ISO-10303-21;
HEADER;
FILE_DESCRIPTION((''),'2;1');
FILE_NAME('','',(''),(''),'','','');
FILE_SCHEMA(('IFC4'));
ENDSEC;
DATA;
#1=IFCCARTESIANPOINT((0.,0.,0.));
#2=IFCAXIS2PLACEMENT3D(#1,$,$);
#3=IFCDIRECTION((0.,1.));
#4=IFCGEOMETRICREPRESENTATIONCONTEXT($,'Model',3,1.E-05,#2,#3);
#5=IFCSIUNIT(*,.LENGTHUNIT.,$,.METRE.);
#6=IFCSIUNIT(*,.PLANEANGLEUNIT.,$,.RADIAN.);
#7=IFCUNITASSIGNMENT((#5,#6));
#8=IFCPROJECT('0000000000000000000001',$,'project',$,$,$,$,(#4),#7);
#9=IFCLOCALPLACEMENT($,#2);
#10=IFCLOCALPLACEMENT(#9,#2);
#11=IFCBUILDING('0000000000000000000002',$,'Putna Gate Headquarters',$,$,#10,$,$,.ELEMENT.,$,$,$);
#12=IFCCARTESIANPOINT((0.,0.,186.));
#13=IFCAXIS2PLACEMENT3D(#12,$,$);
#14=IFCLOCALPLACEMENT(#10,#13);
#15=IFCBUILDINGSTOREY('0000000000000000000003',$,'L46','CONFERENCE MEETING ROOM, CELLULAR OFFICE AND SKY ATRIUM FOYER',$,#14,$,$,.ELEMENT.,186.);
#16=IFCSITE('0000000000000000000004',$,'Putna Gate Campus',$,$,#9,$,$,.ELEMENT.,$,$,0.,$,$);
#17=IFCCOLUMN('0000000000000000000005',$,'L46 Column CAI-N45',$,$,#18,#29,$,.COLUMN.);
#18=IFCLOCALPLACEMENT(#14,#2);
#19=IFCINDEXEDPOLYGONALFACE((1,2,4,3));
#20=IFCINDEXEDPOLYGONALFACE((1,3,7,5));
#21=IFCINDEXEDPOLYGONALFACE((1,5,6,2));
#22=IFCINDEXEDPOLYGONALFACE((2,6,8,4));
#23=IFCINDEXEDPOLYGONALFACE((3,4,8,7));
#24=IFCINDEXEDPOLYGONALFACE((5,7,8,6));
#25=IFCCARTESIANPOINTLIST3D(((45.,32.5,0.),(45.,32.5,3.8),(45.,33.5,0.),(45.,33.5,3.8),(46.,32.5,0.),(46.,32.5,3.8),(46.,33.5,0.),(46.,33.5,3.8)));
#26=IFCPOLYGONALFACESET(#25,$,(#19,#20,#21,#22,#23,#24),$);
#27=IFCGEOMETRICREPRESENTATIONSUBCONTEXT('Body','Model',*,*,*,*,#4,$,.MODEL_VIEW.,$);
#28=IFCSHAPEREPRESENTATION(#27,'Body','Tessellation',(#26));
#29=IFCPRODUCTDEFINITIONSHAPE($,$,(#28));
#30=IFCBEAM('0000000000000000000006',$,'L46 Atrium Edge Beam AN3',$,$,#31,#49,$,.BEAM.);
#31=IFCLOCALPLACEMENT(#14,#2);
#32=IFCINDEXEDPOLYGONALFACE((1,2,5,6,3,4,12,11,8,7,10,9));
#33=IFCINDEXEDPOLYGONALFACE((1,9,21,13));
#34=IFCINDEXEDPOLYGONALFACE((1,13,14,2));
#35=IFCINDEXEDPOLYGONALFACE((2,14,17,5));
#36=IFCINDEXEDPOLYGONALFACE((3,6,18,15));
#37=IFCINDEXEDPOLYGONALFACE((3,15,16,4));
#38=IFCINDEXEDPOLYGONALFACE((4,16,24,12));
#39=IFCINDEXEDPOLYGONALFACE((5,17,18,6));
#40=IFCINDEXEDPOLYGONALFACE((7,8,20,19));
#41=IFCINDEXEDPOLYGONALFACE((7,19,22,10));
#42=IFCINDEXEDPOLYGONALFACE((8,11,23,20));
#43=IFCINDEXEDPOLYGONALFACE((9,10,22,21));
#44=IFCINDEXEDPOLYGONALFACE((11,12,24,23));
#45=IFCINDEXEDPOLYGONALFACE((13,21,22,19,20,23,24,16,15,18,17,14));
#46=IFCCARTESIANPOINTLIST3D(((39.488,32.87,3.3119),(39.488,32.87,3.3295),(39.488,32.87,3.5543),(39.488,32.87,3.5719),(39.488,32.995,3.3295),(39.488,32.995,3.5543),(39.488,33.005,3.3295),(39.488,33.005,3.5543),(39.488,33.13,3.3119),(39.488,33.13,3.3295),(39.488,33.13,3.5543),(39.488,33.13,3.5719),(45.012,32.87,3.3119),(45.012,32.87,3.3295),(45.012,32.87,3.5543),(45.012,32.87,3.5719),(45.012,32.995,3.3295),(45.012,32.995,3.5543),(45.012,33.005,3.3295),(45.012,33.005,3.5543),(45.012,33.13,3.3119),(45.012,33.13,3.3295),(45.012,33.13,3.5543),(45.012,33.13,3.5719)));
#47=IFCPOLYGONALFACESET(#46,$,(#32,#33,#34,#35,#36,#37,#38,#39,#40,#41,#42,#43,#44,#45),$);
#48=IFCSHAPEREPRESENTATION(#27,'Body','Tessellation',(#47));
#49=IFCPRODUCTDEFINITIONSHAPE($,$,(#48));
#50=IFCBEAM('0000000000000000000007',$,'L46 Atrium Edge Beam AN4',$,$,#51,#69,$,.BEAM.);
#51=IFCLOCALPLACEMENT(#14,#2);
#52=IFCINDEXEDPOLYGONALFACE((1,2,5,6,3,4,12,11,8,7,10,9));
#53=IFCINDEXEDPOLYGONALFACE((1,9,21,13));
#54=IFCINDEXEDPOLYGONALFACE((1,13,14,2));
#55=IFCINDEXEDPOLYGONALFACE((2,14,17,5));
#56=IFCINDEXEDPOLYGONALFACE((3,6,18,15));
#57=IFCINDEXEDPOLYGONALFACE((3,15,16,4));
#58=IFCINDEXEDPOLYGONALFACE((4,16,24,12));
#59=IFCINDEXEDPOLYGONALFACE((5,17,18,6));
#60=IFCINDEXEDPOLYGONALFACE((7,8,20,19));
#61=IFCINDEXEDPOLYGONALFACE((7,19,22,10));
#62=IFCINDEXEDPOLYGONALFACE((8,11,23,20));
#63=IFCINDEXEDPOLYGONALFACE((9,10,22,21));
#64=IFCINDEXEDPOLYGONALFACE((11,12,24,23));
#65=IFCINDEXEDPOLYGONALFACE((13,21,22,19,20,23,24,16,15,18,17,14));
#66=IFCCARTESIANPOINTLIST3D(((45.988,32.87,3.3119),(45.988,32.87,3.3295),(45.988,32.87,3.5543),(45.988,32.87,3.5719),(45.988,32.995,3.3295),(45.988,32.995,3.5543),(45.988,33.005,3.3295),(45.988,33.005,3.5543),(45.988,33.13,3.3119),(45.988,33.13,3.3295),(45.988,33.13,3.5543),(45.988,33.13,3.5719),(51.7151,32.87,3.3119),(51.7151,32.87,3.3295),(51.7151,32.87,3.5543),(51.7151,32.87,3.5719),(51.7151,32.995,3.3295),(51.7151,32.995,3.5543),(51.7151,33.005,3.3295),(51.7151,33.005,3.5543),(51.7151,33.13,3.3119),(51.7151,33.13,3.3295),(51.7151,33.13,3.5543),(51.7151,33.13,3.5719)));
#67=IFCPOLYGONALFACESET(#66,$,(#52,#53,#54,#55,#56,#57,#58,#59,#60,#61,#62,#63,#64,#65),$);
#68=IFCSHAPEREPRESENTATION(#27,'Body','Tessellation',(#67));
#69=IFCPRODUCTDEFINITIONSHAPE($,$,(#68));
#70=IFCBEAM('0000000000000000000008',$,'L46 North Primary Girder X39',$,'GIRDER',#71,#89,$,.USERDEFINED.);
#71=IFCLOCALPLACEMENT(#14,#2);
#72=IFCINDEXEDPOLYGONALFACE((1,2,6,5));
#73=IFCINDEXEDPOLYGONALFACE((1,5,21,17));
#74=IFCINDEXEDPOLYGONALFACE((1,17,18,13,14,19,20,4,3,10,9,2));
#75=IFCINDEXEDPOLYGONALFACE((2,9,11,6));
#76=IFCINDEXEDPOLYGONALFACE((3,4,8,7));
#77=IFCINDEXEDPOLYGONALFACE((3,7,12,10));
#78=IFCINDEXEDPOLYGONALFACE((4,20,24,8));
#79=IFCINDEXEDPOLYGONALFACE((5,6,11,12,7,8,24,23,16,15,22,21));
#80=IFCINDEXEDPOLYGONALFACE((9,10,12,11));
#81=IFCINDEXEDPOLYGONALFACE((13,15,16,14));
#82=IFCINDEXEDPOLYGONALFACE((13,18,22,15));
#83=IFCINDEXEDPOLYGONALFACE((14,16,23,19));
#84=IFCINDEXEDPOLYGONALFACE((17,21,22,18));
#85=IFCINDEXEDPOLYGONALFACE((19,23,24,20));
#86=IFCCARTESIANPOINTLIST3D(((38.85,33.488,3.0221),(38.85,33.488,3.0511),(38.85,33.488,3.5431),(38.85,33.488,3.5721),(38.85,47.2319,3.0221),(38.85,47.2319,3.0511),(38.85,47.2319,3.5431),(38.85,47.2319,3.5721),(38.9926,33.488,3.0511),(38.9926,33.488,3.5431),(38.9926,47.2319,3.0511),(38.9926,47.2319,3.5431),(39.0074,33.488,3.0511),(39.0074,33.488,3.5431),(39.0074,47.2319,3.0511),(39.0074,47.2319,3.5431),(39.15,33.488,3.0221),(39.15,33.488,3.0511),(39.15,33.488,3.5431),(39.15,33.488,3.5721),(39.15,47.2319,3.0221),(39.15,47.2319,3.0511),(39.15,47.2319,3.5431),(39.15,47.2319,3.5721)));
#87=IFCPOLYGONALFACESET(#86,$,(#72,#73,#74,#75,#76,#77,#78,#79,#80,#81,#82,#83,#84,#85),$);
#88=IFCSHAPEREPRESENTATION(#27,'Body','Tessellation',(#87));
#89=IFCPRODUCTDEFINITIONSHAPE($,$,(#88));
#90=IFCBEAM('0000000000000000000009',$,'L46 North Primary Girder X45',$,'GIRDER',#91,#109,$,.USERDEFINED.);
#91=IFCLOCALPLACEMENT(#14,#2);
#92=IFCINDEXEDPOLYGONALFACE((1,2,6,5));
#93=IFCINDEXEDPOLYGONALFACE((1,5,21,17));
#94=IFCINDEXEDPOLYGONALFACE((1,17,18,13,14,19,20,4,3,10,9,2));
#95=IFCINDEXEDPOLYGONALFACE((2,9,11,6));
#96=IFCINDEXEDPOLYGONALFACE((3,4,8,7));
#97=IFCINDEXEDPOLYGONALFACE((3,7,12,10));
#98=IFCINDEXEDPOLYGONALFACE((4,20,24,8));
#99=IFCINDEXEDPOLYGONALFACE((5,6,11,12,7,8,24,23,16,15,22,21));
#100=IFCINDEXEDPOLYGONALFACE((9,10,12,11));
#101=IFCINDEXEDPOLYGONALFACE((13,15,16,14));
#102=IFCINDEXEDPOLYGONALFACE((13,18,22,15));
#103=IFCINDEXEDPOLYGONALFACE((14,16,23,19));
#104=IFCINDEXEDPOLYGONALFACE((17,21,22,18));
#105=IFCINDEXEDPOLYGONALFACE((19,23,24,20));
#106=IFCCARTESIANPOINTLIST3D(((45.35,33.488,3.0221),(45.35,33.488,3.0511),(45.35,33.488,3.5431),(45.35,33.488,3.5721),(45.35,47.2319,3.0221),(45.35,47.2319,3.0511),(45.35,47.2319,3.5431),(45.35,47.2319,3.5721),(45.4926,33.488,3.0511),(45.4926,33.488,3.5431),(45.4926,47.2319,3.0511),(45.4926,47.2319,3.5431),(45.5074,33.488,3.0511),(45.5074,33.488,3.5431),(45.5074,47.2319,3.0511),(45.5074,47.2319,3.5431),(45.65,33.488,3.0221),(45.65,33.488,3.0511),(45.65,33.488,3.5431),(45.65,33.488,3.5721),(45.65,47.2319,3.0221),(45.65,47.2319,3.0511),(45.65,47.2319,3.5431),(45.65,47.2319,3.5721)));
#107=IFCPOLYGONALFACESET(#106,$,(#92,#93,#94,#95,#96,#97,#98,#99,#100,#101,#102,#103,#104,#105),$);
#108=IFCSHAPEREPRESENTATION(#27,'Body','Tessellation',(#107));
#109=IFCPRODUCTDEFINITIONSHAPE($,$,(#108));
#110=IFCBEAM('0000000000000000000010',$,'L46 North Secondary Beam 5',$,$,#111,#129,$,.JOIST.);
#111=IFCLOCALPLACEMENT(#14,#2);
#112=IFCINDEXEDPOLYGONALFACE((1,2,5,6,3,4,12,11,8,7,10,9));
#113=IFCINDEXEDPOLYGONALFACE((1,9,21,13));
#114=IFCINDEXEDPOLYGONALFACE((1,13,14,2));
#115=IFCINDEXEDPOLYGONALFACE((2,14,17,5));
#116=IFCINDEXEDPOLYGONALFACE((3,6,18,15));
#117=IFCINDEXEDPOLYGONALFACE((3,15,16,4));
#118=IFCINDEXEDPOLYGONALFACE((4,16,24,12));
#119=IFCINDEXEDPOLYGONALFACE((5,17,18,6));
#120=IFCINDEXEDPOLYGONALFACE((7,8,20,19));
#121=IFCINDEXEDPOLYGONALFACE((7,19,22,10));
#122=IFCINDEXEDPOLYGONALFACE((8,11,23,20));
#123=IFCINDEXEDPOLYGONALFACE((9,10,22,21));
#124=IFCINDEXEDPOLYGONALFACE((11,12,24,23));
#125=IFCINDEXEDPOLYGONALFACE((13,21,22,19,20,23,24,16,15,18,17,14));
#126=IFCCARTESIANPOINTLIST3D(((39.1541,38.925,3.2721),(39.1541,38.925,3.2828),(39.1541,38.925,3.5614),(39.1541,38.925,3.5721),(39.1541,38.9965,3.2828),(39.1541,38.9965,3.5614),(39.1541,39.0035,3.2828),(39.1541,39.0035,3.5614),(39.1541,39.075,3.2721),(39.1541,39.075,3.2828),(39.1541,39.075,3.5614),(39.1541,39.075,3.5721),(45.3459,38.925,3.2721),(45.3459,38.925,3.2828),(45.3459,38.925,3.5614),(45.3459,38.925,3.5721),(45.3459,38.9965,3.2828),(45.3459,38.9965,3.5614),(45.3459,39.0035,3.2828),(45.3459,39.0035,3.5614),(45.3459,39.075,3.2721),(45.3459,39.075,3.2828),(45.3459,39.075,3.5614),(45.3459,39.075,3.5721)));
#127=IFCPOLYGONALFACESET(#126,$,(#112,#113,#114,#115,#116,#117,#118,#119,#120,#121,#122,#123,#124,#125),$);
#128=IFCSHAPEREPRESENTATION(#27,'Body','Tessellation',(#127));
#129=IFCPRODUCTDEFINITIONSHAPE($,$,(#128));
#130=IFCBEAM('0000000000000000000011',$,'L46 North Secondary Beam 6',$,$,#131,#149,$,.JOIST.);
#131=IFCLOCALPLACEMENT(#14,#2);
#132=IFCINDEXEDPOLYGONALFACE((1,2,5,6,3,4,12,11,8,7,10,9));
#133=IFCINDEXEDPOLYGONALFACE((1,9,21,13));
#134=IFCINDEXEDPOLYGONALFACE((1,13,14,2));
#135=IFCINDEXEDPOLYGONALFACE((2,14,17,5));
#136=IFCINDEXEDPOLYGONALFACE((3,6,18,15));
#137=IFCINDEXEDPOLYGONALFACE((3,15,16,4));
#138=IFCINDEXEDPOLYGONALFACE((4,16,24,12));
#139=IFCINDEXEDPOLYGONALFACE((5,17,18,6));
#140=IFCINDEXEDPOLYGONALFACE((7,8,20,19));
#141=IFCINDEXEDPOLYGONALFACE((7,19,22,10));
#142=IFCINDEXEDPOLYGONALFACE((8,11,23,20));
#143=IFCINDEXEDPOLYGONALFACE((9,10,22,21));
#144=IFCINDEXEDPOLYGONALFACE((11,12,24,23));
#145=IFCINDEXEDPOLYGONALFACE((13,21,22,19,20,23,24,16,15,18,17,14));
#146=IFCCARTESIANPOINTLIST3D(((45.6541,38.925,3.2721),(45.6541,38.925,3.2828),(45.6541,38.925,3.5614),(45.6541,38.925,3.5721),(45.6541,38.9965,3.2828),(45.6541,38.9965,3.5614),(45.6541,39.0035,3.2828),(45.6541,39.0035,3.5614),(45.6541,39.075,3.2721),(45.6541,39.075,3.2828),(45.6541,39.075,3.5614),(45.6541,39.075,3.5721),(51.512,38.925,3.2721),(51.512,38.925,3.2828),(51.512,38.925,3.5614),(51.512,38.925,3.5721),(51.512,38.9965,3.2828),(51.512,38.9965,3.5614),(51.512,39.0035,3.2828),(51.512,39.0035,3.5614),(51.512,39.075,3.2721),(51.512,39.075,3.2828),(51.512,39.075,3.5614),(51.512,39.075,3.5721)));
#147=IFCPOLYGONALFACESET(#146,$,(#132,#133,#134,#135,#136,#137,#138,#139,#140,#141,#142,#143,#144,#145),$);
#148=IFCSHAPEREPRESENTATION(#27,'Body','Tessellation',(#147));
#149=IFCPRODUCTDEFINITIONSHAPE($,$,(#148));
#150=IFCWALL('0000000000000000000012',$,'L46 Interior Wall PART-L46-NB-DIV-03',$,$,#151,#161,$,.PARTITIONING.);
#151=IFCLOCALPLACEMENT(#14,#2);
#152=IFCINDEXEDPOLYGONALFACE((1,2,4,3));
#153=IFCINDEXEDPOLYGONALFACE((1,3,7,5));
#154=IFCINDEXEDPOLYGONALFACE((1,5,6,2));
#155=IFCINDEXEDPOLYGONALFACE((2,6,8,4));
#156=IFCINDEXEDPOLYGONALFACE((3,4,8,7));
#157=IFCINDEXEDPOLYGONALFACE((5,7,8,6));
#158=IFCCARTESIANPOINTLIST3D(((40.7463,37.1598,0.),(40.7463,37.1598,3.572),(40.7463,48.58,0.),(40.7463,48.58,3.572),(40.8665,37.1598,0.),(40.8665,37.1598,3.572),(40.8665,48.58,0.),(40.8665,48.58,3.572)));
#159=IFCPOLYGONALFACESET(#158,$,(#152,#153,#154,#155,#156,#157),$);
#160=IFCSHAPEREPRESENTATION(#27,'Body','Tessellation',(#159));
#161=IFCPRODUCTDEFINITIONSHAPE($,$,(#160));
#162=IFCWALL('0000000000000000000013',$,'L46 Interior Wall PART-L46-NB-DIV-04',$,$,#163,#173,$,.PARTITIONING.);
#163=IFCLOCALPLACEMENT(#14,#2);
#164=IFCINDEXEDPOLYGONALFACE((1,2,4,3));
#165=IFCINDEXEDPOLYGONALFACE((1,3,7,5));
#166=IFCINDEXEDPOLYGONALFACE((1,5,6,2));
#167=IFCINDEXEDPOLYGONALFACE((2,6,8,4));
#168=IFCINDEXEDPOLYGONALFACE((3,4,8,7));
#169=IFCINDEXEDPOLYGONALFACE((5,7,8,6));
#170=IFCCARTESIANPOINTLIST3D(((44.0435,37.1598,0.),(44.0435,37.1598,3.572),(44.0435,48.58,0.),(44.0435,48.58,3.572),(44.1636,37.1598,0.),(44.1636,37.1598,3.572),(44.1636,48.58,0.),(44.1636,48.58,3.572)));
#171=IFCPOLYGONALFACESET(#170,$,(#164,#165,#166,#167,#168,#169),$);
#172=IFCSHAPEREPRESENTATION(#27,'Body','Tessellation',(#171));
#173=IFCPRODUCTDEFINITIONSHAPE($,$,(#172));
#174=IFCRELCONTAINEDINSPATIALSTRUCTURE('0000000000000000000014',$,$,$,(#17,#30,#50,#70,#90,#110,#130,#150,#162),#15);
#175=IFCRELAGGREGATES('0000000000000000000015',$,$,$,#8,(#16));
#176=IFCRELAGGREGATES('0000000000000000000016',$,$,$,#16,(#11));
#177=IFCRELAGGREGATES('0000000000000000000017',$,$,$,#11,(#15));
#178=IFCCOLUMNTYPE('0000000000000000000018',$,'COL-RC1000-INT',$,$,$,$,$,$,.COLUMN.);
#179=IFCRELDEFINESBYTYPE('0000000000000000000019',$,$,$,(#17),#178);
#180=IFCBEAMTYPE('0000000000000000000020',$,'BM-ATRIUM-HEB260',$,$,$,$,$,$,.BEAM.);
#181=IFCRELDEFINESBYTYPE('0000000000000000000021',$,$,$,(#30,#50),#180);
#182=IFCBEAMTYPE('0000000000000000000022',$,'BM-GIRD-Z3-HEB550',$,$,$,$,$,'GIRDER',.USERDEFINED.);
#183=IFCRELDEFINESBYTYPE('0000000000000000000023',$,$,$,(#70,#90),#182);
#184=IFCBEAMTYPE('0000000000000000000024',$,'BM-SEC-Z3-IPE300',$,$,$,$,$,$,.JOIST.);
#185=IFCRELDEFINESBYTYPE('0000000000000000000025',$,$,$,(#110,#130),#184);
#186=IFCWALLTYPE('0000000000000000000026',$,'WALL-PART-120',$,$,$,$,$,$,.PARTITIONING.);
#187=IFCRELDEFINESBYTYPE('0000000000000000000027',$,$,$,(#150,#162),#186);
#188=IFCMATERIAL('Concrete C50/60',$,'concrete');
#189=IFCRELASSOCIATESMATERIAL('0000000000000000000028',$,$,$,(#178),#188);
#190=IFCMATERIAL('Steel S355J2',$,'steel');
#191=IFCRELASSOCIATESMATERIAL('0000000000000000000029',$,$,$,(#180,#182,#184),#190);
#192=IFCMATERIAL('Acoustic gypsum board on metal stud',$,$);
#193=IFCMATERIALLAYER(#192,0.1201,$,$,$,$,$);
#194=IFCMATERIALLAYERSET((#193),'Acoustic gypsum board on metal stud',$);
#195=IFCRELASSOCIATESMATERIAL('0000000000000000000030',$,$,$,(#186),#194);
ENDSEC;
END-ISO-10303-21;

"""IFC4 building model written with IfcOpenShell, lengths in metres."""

from ifc_helpers import new_model, si_unit, direction, frame, frame_2d, origin, origin_2d, place, context, subcontext, project, spatial, rectangle, i_section, extrude, material, layer, layer_set, material_profile, profile_set, type_object, element, save


model = new_model("IFC4")

# Units and contexts
model_context = context("Model", 3, precision=1e-05, world=origin(), true_north=direction((0.0, 1.0)))
body_context = subcontext(model_context, "Body", "Model", "MODEL_VIEW")
ifc_project = project(units=[si_unit("LENGTHUNIT", "METRE"), si_unit("PLANEANGLEUNIT", "RADIAN")], contexts=[model_context])

# Site, building, storey
site_placement = place(None, origin())
site = spatial("IfcSite", under=ifc_project, at=site_placement, Name="Putna Gate Campus", CompositionType="ELEMENT", RefElevation=0.0)
building_placement = place(site_placement, origin())
building = spatial("IfcBuilding", under=site, at=building_placement, Name="Putna Gate Headquarters", CompositionType="ELEMENT")
storey_placement = place(building_placement, frame((0.0, 0.0, 186.0)))
storey = spatial("IfcBuildingStorey", under=building, at=storey_placement, Name="L46", Description="CONFERENCE MEETING ROOM, CELLULAR OFFICE AND SKY ATRIUM FOYER", CompositionType="ELEMENT", Elevation=186.0)

# Column
ifc_material_1 = material(Name="Concrete C50/60", Category="concrete")
ifc_material_profile_1 = material_profile(ifc_material_1, rectangle(XDim=1.0, YDim=1.0, at=origin_2d()), Name="Concrete C50/60")
ifc_profile_set_1 = profile_set([ifc_material_profile_1], Name="Concrete C50/60")
column_type = type_object("IfcColumnType", Name="COL-RC1000-INT", PredefinedType="COLUMN", material=ifc_profile_set_1)
column_placement = place(storey_placement, frame((45.5, 33.0, 0.0), z_axis=(0.0, 0.0, 1.0), x_axis=(1.0, 0.0, 0.0)))
element("IfcColumn", 1, at=column_placement, inside=storey, type_object=column_type, Name="L46 Column CAI-N45", PredefinedType="COLUMN", context=body_context, shape_type="SweptSolid", body=[
    extrude(rectangle(XDim=1.0, YDim=1.0, at=origin_2d()), origin(), (0.0, 0.0, 1.0), 3.8),
])

# Beams
ifc_material_2 = material(Name="Steel S355J2", Category="steel")
ifc_material_profile_2 = material_profile(ifc_material_2, i_section(OverallWidth=0.26, OverallDepth=0.26, WebThickness=0.01, FlangeThickness=0.0176, at=origin_2d()), Name="Steel S355J2")
ifc_profile_set_2 = profile_set([ifc_material_profile_2], Name="Steel S355J2")
beam_type_1 = type_object("IfcBeamType", Name="BM-ATRIUM-HEB260", PredefinedType="BEAM", material=ifc_profile_set_2)
beam_1_placement = place(storey_placement, frame((39.488, 33.0, 3.4419), z_axis=(1.0, 0.0, 0.0), x_axis=(0.0, 1.0, 0.0)))
element("IfcBeam", 2, at=beam_1_placement, inside=storey, type_object=beam_type_1, Name="L46 Atrium Edge Beam AN3", PredefinedType="BEAM", context=body_context, shape_type="SweptSolid", body=[
    extrude(i_section(OverallWidth=0.26, OverallDepth=0.26, WebThickness=0.01, FlangeThickness=0.0176, at=origin_2d()), origin(), (0.0, 0.0, 1.0), 5.5239),
])
beam_2_placement = place(storey_placement, frame((45.988, 33.0, 3.4419), z_axis=(1.0, 0.0, 0.0), x_axis=(0.0, 1.0, 0.0)))
element("IfcBeam", 3, at=beam_2_placement, inside=storey, type_object=beam_type_1, Name="L46 Atrium Edge Beam AN4", PredefinedType="BEAM", context=body_context, shape_type="SweptSolid", body=[
    extrude(i_section(OverallWidth=0.26, OverallDepth=0.26, WebThickness=0.01, FlangeThickness=0.0176, at=origin_2d()), origin(), (0.0, 0.0, 1.0), 5.7271),
])
ifc_material_profile_3 = material_profile(ifc_material_2, i_section(OverallWidth=0.3, OverallDepth=0.55, WebThickness=0.0149, FlangeThickness=0.0291, at=origin_2d()), Name="Steel S355J2")
ifc_profile_set_3 = profile_set([ifc_material_profile_3], Name="Steel S355J2")
beam_type_2 = type_object("IfcBeamType", Name="BM-GIRD-Z3-HEB550", ElementType="GIRDER", PredefinedType="USERDEFINED", material=ifc_profile_set_3)
for number, where, z_axis, x_axis, name in (
    (4, (39.0, 33.488, 3.2971), (0.0, 1.0, 0.0), (-1.0, 0.0, 0.0), "L46 North Primary Girder X39"),
    (5, (45.5, 33.488, 3.2971), (0.0, 1.0, 0.0), (-1.0, 0.0, 0.0), "L46 North Primary Girder X45"),
):
    element("IfcBeam", number, at=place(storey_placement, frame(where, z_axis=z_axis, x_axis=x_axis)), inside=storey, type_object=beam_type_2, Name=name, ObjectType="GIRDER", PredefinedType="USERDEFINED", context=body_context, shape_type="SweptSolid", body=[
        extrude(i_section(OverallWidth=0.3, OverallDepth=0.55, WebThickness=0.0149, FlangeThickness=0.0291, at=origin_2d()), origin(), (0.0, 0.0, 1.0), 13.7439),
    ])
ifc_material_profile_4 = material_profile(ifc_material_2, i_section(OverallWidth=0.1499, OverallDepth=0.3, WebThickness=0.0071, FlangeThickness=0.0107, at=origin_2d()), Name="Steel S355J2")
ifc_profile_set_4 = profile_set([ifc_material_profile_4], Name="Steel S355J2")
beam_type_3 = type_object("IfcBeamType", Name="BM-SEC-Z3-IPE300", PredefinedType="JOIST", material=ifc_profile_set_4)
beam_3_placement = place(storey_placement, frame((39.1541, 39.0, 3.4221), z_axis=(1.0, 0.0, 0.0), x_axis=(0.0, 1.0, 0.0)))
element("IfcBeam", 6, at=beam_3_placement, inside=storey, type_object=beam_type_3, Name="L46 North Secondary Beam 5", PredefinedType="JOIST", context=body_context, shape_type="SweptSolid", body=[
    extrude(i_section(OverallWidth=0.1499, OverallDepth=0.3, WebThickness=0.0071, FlangeThickness=0.0107, at=origin_2d()), origin(), (0.0, 0.0, 1.0), 6.1919),
])
beam_4_placement = place(storey_placement, frame((45.6541, 39.0, 3.4221), z_axis=(1.0, 0.0, 0.0), x_axis=(0.0, 1.0, 0.0)))
element("IfcBeam", 7, at=beam_4_placement, inside=storey, type_object=beam_type_3, Name="L46 North Secondary Beam 6", PredefinedType="JOIST", context=body_context, shape_type="SweptSolid", body=[
    extrude(i_section(OverallWidth=0.1499, OverallDepth=0.3, WebThickness=0.0071, FlangeThickness=0.0107, at=origin_2d()), origin(), (0.0, 0.0, 1.0), 5.8579),
])

# Walls
ifc_material_3 = material(Name="Acoustic gypsum board on metal stud")
ifc_layer_1 = layer(ifc_material_3, 0.1201)
ifc_layer_set_1 = layer_set([ifc_layer_1], Name="Acoustic gypsum board on metal stud")
wall_type_1 = type_object("IfcWallType", Name="WALL-PART-120", PredefinedType="PARTITIONING", material=ifc_layer_set_1)
for number, where, z_axis, x_axis, name in (
    (8, (40.8064, 37.1599, 0.0), (0.0, 0.0, 1.0), (0.0, 1.0, 0.0), "L46 Interior Wall PART-L46-NB-DIV-03"),
    (9, (44.1035, 37.1599, 0.0), (0.0, 0.0, 1.0), (0.0, 1.0, 0.0), "L46 Interior Wall PART-L46-NB-DIV-04"),
):
    element("IfcWall", number, at=place(storey_placement, frame(where, z_axis=z_axis, x_axis=x_axis)), inside=storey, type_object=wall_type_1, Name=name, PredefinedType="PARTITIONING", context=body_context, shape_type="SweptSolid", body=[
        extrude(rectangle(XDim=11.4202, YDim=0.1201, at=frame_2d((5.71, 0.0))), origin(), (0.0, 0.0, 1.0), 3.572),
    ])

save(model, "model.ifc")
